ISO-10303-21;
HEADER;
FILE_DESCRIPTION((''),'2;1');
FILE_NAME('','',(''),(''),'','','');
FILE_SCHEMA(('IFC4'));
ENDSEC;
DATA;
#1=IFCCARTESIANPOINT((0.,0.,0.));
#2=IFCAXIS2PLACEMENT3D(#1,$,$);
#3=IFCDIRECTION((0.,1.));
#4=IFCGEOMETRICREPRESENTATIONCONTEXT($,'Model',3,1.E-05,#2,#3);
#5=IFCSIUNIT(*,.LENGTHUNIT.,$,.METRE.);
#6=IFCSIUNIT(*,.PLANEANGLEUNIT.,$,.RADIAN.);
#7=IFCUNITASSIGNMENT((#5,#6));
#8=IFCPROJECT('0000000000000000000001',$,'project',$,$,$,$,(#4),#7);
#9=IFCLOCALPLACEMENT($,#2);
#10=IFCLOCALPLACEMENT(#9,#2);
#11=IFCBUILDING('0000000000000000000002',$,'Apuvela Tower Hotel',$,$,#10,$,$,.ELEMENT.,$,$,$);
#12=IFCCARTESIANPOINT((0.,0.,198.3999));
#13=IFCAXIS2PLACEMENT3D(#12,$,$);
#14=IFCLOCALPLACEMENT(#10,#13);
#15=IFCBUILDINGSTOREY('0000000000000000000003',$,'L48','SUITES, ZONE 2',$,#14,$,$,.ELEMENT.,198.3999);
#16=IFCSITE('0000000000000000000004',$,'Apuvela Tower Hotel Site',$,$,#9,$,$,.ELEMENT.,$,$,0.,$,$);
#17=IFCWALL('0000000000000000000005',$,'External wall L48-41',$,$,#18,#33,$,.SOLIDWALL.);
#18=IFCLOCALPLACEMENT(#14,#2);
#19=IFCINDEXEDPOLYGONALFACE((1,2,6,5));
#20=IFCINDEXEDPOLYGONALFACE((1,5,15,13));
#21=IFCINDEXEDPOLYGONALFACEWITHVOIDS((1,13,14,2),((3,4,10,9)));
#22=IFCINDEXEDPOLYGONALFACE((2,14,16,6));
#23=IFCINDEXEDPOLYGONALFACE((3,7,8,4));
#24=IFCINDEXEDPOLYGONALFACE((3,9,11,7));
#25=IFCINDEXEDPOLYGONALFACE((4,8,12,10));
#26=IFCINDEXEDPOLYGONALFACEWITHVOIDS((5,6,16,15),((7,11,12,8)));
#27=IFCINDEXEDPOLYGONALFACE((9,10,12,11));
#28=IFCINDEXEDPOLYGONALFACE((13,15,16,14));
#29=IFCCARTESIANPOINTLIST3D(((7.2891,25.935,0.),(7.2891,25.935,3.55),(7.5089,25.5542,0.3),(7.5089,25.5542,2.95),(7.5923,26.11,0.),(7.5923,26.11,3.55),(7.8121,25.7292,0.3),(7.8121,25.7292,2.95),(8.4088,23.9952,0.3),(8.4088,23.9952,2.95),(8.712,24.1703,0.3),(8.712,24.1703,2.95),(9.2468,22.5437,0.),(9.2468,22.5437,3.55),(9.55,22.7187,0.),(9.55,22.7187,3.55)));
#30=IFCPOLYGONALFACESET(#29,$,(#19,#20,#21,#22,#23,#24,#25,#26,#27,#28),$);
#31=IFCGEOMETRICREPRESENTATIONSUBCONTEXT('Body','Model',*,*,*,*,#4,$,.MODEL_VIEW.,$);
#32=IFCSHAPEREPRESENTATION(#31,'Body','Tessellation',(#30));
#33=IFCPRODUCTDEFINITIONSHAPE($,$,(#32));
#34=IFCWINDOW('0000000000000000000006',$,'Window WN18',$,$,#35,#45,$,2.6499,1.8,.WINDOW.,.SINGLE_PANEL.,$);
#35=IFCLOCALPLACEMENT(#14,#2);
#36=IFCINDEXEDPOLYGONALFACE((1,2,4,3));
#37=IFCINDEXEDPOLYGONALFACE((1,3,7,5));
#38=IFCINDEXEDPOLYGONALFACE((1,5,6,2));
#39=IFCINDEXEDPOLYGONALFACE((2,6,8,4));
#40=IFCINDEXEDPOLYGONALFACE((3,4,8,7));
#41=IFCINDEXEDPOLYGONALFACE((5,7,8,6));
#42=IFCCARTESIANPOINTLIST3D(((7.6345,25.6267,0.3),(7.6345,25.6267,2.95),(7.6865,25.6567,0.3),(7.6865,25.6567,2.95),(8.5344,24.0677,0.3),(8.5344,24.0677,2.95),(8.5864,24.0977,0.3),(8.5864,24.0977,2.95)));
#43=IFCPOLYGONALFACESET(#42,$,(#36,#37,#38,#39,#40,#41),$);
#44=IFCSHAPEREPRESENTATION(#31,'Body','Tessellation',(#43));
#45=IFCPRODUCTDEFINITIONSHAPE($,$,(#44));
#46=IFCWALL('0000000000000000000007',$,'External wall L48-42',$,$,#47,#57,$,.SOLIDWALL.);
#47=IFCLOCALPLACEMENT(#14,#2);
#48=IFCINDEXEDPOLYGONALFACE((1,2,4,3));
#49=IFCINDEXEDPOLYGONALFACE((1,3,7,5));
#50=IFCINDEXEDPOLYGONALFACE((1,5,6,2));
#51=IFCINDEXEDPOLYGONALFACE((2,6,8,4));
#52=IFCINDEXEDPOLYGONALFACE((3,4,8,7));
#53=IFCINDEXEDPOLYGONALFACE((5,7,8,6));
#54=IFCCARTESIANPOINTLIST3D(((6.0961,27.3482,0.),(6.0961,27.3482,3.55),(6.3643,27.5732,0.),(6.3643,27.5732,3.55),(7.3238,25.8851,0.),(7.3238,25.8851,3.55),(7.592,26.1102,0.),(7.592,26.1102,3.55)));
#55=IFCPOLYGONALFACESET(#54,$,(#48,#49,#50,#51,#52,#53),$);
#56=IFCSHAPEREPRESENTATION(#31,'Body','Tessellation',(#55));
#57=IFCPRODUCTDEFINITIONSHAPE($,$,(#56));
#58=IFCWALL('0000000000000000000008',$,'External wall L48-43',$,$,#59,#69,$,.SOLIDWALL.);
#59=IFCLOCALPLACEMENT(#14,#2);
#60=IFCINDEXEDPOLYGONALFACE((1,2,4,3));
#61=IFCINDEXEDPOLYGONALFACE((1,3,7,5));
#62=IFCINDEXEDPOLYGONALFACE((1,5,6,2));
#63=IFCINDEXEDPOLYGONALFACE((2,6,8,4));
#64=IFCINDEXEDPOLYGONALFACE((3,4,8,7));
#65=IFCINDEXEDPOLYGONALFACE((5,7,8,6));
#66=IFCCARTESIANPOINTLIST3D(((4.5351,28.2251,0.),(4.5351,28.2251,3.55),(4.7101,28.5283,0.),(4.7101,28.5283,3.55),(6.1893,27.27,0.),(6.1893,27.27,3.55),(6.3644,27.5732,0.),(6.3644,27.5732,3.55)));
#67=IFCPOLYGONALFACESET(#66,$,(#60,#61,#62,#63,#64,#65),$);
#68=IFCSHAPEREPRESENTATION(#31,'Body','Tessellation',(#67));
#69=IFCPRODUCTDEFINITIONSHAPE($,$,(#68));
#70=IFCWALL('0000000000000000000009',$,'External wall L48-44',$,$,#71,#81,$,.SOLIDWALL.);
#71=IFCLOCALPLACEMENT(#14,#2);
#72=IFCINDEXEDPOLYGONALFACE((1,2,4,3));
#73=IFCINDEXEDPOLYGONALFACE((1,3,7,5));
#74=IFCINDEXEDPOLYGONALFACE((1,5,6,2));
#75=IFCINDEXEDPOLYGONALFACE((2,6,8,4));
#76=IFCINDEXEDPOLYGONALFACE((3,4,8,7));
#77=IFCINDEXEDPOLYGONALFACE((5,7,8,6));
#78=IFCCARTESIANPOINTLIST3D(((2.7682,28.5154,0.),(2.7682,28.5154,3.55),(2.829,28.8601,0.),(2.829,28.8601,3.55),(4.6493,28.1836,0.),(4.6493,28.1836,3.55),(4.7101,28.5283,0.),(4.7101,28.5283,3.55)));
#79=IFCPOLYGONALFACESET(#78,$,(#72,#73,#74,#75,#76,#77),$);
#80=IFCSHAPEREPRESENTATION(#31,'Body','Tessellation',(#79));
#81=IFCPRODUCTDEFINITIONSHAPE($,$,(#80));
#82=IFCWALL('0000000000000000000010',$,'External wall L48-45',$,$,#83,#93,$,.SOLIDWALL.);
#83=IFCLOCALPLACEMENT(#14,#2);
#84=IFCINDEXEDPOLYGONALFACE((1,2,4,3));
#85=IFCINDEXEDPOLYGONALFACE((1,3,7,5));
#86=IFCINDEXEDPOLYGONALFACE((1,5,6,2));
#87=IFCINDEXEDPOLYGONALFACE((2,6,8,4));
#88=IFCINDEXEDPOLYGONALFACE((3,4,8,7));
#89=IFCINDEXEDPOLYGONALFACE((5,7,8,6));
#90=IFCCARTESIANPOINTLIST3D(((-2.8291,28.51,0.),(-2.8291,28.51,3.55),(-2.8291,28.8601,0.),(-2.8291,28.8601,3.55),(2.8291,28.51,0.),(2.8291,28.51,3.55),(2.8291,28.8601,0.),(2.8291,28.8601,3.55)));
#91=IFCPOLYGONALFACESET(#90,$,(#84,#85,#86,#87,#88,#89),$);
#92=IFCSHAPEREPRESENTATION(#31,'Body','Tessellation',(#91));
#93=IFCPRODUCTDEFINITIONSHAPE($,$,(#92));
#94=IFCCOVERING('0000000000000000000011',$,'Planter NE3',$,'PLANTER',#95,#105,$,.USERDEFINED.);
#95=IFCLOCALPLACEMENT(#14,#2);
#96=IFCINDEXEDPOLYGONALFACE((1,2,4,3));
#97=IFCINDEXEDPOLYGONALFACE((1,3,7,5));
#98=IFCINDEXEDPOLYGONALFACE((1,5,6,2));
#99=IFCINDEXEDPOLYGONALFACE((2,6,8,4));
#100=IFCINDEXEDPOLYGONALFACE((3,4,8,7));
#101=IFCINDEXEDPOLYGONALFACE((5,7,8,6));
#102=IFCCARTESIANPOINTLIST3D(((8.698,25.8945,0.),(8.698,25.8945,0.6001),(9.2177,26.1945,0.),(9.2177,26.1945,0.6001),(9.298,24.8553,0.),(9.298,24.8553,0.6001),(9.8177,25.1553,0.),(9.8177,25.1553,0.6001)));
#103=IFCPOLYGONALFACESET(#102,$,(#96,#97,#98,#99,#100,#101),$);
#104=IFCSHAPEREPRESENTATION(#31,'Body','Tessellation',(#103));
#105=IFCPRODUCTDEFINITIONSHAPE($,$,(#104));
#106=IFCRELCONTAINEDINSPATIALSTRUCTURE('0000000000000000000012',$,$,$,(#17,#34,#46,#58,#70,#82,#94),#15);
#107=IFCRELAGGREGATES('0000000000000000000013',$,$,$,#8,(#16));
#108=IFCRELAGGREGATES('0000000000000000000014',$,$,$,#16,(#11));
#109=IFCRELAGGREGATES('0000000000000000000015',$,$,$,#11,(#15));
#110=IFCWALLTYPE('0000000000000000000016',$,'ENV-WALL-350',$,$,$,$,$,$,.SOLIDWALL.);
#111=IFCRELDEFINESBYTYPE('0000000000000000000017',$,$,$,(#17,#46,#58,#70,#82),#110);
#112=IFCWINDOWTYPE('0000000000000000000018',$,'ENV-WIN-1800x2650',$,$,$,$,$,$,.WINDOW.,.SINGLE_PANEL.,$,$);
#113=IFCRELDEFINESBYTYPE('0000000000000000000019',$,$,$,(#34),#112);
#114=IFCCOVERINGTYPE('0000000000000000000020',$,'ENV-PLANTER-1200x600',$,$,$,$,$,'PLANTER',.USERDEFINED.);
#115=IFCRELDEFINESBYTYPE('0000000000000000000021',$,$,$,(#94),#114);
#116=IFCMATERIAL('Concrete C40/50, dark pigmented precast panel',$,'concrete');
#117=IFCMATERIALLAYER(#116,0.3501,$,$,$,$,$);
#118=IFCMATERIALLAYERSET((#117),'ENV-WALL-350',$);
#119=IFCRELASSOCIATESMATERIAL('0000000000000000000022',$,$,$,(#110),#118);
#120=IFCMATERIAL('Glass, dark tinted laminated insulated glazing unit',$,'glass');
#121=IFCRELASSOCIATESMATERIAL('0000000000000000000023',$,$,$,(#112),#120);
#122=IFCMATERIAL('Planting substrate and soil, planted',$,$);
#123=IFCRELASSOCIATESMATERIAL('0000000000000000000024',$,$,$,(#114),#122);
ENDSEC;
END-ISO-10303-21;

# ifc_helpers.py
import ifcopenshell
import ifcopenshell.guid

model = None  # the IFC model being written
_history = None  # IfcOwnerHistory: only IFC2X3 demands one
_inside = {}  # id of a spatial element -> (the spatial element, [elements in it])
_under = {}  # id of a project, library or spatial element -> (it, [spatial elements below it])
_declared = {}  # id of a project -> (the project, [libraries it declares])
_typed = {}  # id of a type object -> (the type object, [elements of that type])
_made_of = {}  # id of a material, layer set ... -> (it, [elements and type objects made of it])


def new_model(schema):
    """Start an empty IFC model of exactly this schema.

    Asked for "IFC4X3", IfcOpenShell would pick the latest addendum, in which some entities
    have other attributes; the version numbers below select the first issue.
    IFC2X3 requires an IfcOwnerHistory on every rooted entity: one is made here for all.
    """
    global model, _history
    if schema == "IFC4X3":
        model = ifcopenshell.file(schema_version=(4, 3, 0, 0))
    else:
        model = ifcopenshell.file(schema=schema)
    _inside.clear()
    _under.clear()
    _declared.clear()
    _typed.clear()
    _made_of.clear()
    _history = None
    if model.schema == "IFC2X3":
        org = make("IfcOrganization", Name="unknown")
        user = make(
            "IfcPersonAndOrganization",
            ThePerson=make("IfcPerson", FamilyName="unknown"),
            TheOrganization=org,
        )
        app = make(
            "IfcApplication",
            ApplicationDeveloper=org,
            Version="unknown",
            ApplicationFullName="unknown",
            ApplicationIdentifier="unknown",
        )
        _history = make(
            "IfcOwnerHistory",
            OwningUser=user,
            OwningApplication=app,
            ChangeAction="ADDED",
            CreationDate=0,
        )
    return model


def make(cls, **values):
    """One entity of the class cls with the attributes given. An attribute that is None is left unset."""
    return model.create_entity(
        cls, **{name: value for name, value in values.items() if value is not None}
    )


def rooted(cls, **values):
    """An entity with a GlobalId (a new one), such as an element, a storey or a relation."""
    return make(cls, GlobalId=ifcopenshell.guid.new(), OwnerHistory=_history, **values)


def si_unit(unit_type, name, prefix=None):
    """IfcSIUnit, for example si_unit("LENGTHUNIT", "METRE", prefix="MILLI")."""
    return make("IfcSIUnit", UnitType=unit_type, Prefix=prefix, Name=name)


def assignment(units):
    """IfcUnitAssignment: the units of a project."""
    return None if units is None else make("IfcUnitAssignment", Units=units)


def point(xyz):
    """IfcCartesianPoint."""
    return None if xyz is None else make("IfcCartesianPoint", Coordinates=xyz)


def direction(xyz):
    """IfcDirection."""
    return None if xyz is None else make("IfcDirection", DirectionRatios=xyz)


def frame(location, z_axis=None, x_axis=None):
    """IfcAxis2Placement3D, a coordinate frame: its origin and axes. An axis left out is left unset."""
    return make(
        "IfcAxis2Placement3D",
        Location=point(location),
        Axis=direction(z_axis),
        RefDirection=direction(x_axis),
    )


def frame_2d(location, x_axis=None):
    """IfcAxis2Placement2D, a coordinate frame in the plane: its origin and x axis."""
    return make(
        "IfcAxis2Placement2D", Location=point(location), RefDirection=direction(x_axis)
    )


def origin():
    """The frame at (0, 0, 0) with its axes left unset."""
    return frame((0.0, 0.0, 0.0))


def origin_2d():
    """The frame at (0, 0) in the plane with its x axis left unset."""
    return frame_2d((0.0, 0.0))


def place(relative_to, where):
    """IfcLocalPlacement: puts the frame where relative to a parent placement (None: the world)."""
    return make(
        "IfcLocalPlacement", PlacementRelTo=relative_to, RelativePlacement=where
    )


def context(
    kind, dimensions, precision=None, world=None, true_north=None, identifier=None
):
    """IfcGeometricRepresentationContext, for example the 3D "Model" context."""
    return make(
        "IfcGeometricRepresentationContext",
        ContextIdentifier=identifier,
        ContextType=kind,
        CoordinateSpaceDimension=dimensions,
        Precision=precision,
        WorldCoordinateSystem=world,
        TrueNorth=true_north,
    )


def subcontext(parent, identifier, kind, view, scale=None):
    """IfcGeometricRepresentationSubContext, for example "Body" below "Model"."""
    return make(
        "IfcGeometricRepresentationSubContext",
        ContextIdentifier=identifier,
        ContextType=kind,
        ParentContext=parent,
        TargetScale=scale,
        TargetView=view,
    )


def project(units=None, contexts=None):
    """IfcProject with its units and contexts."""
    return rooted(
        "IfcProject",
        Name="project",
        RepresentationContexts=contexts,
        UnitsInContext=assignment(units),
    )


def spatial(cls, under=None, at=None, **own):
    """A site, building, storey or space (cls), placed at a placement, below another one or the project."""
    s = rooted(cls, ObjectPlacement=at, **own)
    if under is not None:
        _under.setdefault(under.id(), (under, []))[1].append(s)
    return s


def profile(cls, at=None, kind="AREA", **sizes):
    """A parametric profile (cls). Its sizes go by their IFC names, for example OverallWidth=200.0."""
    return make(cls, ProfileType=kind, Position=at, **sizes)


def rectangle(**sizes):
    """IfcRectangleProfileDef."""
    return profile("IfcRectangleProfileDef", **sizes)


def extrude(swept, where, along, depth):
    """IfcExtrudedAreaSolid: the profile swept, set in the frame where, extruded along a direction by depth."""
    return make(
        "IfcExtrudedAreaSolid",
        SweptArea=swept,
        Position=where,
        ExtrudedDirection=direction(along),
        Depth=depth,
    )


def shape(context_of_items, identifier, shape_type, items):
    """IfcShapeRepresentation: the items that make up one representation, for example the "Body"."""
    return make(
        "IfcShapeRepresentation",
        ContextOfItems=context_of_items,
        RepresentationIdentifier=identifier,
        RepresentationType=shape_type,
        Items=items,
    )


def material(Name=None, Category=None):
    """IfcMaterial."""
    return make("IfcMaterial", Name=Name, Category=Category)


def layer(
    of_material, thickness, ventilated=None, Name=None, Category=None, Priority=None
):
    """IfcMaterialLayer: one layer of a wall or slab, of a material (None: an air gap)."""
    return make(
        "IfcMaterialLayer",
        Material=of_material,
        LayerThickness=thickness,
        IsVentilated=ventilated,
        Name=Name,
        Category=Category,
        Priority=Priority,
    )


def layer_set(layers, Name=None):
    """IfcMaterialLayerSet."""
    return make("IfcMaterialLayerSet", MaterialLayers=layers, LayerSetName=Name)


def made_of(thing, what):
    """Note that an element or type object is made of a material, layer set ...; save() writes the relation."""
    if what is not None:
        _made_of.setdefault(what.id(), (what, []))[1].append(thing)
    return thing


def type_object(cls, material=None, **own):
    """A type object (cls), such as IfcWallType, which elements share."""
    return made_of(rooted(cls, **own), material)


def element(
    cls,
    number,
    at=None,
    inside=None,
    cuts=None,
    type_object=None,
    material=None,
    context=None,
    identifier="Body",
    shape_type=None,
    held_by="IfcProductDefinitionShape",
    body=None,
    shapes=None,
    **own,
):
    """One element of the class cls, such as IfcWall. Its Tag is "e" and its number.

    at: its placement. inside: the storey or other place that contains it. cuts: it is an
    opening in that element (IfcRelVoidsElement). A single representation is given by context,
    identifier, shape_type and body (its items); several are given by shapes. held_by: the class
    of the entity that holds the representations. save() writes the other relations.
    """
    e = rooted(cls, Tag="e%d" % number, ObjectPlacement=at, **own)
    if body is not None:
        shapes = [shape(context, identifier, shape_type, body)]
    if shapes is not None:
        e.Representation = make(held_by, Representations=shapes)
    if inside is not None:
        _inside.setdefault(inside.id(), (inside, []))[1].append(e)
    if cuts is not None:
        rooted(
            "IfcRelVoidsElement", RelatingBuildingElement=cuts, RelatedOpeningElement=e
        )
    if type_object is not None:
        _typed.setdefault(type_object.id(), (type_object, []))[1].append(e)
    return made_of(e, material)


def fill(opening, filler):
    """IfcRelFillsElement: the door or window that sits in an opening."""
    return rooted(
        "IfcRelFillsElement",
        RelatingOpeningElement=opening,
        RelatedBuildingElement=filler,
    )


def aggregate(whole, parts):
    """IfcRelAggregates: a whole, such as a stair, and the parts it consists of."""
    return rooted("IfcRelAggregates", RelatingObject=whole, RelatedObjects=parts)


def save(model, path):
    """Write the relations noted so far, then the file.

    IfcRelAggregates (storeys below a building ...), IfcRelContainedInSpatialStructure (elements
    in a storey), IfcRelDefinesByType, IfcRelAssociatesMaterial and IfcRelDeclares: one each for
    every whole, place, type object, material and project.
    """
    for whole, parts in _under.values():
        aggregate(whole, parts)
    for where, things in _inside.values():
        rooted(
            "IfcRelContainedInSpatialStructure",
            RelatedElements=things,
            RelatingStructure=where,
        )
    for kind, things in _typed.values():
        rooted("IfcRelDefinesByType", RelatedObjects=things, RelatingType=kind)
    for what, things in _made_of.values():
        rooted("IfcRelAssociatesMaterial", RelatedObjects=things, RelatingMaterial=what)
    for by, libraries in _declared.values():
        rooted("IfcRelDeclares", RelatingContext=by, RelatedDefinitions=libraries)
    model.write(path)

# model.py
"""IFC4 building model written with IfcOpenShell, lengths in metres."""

from ifc_helpers import new_model, si_unit, direction, frame, frame_2d, origin, origin_2d, place, context, subcontext, project, spatial, rectangle, extrude, material, layer, layer_set, type_object, element, fill, save


model = new_model("IFC4")

# Units and contexts
model_context = context("Model", 3, precision=1e-05, world=origin(), true_north=direction((0.0, 1.0)))
body_context = subcontext(model_context, "Body", "Model", "MODEL_VIEW")
ifc_project = project(units=[si_unit("LENGTHUNIT", "METRE"), si_unit("PLANEANGLEUNIT", "RADIAN")], contexts=[model_context])

# Site, building, storey
site_placement = place(None, origin())
site = spatial("IfcSite", under=ifc_project, at=site_placement, Name="Apuvela Tower Hotel Site", CompositionType="ELEMENT", RefElevation=0.0)
building_placement = place(site_placement, origin())
building = spatial("IfcBuilding", under=site, at=building_placement, Name="Apuvela Tower Hotel", CompositionType="ELEMENT")
storey_placement = place(building_placement, frame((0.0, 0.0, 198.3999)))
storey = spatial("IfcBuildingStorey", under=building, at=storey_placement, Name="L48", Description="SUITES, ZONE 2", CompositionType="ELEMENT", Elevation=198.3999)

# Shared definitions
ifc_material_1 = material(Name="Concrete C40/50, dark pigmented precast panel", Category="concrete")
ifc_layer_1 = layer(ifc_material_1, 0.3501)
ifc_layer_set_1 = layer_set([ifc_layer_1], Name="ENV-WALL-350")
wall_type_1 = type_object("IfcWallType", Name="ENV-WALL-350", PredefinedType="SOLIDWALL", material=ifc_layer_set_1)

# Wall, opening, window
wall_1_placement = place(storey_placement, frame((9.3984, 22.6311, 0.0), z_axis=(0.0, 0.0, 1.0), x_axis=(-0.499955, 0.866052, 0.0)))
wall_1 = element("IfcWall", 1, at=wall_1_placement, inside=storey, type_object=wall_type_1, Name="External wall L48-41", PredefinedType="SOLIDWALL", context=body_context, shape_type="SweptSolid", body=[
    extrude(rectangle(XDim=3.9158, YDim=0.3501, at=frame_2d((1.958, 0.0))), origin(), (0.0, 0.0, 1.0), 3.55),
])
opening_placement = place(wall_1_placement, frame((1.6763, 0.0, 0.3)))
opening = element("IfcOpeningElement", 2, at=opening_placement, cuts=wall_1, PredefinedType="OPENING", context=body_context, shape_type="SweptSolid", body=[
    extrude(rectangle(XDim=1.8, YDim=2.6499, at=frame_2d((0.8999, 1.325))), frame((0.0, 0.1851, 0.0), z_axis=(0.0, -1.0, 0.0), x_axis=(1.0, 0.0, 0.0)), (0.0, 0.0, 1.0), 0.3701),
])
ifc_material_2 = material(Name="Glass, dark tinted laminated insulated glazing unit", Category="glass")
window_type = type_object("IfcWindowType", Name="ENV-WIN-1800x2650", PartitioningType="SINGLE_PANEL", PredefinedType="WINDOW", material=ifc_material_2)
window_placement = place(opening_placement, origin())
window = element("IfcWindow", 3, at=window_placement, inside=storey, type_object=window_type, Name="Window WN18", OverallHeight=2.6499, OverallWidth=1.8, PartitioningType="SINGLE_PANEL", PredefinedType="WINDOW", context=body_context, shape_type="SweptSolid", body=[
    extrude(rectangle(XDim=1.8, YDim=2.6499, at=frame_2d((0.8999, 1.325))), frame((0.0, 0.03, 0.0), z_axis=(0.0, -1.0, 0.0), x_axis=(1.0, 0.0, 0.0)), (0.0, 0.0, 1.0), 0.0601),
])
fill(opening, window)

# Walls
wall_2_placement = place(storey_placement, frame((7.458, 25.9976, 0.0), z_axis=(0.0, 0.0, 1.0), x_axis=(-0.642808, 0.766027, 0.0)))
element("IfcWall", 4, at=wall_2_placement, inside=storey, type_object=wall_type_1, Name="External wall L48-42", PredefinedType="SOLIDWALL", context=body_context, shape_type="SweptSolid", body=[
    extrude(rectangle(XDim=1.9099, YDim=0.3501, at=frame_2d((0.9551, 0.0))), origin(), (0.0, 0.0, 1.0), 3.55),
])
for number, where, z_axis, x_axis, name in (
    (5, (6.2769, 27.4216, 0.0), (0.0, 0.0, 1.0), (-0.866032, 0.499988, 0.0), "External wall L48-43"),
    (6, (4.6797, 28.356, 0.0), (0.0, 0.0, 1.0), (-0.984799, 0.173698, 0.0), "External wall L48-44"),
):
    element("IfcWall", number, at=place(storey_placement, frame(where, z_axis=z_axis, x_axis=x_axis)), inside=storey, type_object=wall_type_1, Name=name, PredefinedType="SOLIDWALL", context=body_context, shape_type="SweptSolid", body=[
        extrude(rectangle(XDim=1.9102, YDim=0.3501, at=frame_2d((0.9551, 0.0))), origin(), (0.0, 0.0, 1.0), 3.55),
    ])
wall_3_placement = place(storey_placement, frame((2.8291, 28.6851, 0.0), z_axis=(0.0, 0.0, 1.0), x_axis=(-1.0, 0.0, 0.0)))
element("IfcWall", 7, at=wall_3_placement, inside=storey, type_object=wall_type_1, Name="External wall L48-45", PredefinedType="SOLIDWALL", context=body_context, shape_type="SweptSolid", body=[
    extrude(rectangle(XDim=5.6582, YDim=0.3501, at=frame_2d((2.8291, 0.0))), origin(), (0.0, 0.0, 1.0), 3.55),
])

# Covering
ifc_material_3 = material(Name="Planting substrate and soil, planted")
covering_type = type_object("IfcCoveringType", Name="ENV-PLANTER-1200x600", ElementType="PLANTER", PredefinedType="USERDEFINED", material=ifc_material_3)
covering_placement = place(storey_placement, frame((9.2578, 25.5249, 0.0), z_axis=(0.0, 0.0, 1.0), x_axis=(-0.5, 0.866025, 0.0)))
element("IfcCovering", 8, at=covering_placement, inside=storey, type_object=covering_type, Name="Planter NE3", ObjectType="PLANTER", PredefinedType="USERDEFINED", context=body_context, shape_type="SweptSolid", body=[
    extrude(rectangle(XDim=1.2, YDim=0.6001, at=origin_2d()), origin(), (0.0, 0.0, 1.0), 0.6001),
])

save(model, "model.ifc")
